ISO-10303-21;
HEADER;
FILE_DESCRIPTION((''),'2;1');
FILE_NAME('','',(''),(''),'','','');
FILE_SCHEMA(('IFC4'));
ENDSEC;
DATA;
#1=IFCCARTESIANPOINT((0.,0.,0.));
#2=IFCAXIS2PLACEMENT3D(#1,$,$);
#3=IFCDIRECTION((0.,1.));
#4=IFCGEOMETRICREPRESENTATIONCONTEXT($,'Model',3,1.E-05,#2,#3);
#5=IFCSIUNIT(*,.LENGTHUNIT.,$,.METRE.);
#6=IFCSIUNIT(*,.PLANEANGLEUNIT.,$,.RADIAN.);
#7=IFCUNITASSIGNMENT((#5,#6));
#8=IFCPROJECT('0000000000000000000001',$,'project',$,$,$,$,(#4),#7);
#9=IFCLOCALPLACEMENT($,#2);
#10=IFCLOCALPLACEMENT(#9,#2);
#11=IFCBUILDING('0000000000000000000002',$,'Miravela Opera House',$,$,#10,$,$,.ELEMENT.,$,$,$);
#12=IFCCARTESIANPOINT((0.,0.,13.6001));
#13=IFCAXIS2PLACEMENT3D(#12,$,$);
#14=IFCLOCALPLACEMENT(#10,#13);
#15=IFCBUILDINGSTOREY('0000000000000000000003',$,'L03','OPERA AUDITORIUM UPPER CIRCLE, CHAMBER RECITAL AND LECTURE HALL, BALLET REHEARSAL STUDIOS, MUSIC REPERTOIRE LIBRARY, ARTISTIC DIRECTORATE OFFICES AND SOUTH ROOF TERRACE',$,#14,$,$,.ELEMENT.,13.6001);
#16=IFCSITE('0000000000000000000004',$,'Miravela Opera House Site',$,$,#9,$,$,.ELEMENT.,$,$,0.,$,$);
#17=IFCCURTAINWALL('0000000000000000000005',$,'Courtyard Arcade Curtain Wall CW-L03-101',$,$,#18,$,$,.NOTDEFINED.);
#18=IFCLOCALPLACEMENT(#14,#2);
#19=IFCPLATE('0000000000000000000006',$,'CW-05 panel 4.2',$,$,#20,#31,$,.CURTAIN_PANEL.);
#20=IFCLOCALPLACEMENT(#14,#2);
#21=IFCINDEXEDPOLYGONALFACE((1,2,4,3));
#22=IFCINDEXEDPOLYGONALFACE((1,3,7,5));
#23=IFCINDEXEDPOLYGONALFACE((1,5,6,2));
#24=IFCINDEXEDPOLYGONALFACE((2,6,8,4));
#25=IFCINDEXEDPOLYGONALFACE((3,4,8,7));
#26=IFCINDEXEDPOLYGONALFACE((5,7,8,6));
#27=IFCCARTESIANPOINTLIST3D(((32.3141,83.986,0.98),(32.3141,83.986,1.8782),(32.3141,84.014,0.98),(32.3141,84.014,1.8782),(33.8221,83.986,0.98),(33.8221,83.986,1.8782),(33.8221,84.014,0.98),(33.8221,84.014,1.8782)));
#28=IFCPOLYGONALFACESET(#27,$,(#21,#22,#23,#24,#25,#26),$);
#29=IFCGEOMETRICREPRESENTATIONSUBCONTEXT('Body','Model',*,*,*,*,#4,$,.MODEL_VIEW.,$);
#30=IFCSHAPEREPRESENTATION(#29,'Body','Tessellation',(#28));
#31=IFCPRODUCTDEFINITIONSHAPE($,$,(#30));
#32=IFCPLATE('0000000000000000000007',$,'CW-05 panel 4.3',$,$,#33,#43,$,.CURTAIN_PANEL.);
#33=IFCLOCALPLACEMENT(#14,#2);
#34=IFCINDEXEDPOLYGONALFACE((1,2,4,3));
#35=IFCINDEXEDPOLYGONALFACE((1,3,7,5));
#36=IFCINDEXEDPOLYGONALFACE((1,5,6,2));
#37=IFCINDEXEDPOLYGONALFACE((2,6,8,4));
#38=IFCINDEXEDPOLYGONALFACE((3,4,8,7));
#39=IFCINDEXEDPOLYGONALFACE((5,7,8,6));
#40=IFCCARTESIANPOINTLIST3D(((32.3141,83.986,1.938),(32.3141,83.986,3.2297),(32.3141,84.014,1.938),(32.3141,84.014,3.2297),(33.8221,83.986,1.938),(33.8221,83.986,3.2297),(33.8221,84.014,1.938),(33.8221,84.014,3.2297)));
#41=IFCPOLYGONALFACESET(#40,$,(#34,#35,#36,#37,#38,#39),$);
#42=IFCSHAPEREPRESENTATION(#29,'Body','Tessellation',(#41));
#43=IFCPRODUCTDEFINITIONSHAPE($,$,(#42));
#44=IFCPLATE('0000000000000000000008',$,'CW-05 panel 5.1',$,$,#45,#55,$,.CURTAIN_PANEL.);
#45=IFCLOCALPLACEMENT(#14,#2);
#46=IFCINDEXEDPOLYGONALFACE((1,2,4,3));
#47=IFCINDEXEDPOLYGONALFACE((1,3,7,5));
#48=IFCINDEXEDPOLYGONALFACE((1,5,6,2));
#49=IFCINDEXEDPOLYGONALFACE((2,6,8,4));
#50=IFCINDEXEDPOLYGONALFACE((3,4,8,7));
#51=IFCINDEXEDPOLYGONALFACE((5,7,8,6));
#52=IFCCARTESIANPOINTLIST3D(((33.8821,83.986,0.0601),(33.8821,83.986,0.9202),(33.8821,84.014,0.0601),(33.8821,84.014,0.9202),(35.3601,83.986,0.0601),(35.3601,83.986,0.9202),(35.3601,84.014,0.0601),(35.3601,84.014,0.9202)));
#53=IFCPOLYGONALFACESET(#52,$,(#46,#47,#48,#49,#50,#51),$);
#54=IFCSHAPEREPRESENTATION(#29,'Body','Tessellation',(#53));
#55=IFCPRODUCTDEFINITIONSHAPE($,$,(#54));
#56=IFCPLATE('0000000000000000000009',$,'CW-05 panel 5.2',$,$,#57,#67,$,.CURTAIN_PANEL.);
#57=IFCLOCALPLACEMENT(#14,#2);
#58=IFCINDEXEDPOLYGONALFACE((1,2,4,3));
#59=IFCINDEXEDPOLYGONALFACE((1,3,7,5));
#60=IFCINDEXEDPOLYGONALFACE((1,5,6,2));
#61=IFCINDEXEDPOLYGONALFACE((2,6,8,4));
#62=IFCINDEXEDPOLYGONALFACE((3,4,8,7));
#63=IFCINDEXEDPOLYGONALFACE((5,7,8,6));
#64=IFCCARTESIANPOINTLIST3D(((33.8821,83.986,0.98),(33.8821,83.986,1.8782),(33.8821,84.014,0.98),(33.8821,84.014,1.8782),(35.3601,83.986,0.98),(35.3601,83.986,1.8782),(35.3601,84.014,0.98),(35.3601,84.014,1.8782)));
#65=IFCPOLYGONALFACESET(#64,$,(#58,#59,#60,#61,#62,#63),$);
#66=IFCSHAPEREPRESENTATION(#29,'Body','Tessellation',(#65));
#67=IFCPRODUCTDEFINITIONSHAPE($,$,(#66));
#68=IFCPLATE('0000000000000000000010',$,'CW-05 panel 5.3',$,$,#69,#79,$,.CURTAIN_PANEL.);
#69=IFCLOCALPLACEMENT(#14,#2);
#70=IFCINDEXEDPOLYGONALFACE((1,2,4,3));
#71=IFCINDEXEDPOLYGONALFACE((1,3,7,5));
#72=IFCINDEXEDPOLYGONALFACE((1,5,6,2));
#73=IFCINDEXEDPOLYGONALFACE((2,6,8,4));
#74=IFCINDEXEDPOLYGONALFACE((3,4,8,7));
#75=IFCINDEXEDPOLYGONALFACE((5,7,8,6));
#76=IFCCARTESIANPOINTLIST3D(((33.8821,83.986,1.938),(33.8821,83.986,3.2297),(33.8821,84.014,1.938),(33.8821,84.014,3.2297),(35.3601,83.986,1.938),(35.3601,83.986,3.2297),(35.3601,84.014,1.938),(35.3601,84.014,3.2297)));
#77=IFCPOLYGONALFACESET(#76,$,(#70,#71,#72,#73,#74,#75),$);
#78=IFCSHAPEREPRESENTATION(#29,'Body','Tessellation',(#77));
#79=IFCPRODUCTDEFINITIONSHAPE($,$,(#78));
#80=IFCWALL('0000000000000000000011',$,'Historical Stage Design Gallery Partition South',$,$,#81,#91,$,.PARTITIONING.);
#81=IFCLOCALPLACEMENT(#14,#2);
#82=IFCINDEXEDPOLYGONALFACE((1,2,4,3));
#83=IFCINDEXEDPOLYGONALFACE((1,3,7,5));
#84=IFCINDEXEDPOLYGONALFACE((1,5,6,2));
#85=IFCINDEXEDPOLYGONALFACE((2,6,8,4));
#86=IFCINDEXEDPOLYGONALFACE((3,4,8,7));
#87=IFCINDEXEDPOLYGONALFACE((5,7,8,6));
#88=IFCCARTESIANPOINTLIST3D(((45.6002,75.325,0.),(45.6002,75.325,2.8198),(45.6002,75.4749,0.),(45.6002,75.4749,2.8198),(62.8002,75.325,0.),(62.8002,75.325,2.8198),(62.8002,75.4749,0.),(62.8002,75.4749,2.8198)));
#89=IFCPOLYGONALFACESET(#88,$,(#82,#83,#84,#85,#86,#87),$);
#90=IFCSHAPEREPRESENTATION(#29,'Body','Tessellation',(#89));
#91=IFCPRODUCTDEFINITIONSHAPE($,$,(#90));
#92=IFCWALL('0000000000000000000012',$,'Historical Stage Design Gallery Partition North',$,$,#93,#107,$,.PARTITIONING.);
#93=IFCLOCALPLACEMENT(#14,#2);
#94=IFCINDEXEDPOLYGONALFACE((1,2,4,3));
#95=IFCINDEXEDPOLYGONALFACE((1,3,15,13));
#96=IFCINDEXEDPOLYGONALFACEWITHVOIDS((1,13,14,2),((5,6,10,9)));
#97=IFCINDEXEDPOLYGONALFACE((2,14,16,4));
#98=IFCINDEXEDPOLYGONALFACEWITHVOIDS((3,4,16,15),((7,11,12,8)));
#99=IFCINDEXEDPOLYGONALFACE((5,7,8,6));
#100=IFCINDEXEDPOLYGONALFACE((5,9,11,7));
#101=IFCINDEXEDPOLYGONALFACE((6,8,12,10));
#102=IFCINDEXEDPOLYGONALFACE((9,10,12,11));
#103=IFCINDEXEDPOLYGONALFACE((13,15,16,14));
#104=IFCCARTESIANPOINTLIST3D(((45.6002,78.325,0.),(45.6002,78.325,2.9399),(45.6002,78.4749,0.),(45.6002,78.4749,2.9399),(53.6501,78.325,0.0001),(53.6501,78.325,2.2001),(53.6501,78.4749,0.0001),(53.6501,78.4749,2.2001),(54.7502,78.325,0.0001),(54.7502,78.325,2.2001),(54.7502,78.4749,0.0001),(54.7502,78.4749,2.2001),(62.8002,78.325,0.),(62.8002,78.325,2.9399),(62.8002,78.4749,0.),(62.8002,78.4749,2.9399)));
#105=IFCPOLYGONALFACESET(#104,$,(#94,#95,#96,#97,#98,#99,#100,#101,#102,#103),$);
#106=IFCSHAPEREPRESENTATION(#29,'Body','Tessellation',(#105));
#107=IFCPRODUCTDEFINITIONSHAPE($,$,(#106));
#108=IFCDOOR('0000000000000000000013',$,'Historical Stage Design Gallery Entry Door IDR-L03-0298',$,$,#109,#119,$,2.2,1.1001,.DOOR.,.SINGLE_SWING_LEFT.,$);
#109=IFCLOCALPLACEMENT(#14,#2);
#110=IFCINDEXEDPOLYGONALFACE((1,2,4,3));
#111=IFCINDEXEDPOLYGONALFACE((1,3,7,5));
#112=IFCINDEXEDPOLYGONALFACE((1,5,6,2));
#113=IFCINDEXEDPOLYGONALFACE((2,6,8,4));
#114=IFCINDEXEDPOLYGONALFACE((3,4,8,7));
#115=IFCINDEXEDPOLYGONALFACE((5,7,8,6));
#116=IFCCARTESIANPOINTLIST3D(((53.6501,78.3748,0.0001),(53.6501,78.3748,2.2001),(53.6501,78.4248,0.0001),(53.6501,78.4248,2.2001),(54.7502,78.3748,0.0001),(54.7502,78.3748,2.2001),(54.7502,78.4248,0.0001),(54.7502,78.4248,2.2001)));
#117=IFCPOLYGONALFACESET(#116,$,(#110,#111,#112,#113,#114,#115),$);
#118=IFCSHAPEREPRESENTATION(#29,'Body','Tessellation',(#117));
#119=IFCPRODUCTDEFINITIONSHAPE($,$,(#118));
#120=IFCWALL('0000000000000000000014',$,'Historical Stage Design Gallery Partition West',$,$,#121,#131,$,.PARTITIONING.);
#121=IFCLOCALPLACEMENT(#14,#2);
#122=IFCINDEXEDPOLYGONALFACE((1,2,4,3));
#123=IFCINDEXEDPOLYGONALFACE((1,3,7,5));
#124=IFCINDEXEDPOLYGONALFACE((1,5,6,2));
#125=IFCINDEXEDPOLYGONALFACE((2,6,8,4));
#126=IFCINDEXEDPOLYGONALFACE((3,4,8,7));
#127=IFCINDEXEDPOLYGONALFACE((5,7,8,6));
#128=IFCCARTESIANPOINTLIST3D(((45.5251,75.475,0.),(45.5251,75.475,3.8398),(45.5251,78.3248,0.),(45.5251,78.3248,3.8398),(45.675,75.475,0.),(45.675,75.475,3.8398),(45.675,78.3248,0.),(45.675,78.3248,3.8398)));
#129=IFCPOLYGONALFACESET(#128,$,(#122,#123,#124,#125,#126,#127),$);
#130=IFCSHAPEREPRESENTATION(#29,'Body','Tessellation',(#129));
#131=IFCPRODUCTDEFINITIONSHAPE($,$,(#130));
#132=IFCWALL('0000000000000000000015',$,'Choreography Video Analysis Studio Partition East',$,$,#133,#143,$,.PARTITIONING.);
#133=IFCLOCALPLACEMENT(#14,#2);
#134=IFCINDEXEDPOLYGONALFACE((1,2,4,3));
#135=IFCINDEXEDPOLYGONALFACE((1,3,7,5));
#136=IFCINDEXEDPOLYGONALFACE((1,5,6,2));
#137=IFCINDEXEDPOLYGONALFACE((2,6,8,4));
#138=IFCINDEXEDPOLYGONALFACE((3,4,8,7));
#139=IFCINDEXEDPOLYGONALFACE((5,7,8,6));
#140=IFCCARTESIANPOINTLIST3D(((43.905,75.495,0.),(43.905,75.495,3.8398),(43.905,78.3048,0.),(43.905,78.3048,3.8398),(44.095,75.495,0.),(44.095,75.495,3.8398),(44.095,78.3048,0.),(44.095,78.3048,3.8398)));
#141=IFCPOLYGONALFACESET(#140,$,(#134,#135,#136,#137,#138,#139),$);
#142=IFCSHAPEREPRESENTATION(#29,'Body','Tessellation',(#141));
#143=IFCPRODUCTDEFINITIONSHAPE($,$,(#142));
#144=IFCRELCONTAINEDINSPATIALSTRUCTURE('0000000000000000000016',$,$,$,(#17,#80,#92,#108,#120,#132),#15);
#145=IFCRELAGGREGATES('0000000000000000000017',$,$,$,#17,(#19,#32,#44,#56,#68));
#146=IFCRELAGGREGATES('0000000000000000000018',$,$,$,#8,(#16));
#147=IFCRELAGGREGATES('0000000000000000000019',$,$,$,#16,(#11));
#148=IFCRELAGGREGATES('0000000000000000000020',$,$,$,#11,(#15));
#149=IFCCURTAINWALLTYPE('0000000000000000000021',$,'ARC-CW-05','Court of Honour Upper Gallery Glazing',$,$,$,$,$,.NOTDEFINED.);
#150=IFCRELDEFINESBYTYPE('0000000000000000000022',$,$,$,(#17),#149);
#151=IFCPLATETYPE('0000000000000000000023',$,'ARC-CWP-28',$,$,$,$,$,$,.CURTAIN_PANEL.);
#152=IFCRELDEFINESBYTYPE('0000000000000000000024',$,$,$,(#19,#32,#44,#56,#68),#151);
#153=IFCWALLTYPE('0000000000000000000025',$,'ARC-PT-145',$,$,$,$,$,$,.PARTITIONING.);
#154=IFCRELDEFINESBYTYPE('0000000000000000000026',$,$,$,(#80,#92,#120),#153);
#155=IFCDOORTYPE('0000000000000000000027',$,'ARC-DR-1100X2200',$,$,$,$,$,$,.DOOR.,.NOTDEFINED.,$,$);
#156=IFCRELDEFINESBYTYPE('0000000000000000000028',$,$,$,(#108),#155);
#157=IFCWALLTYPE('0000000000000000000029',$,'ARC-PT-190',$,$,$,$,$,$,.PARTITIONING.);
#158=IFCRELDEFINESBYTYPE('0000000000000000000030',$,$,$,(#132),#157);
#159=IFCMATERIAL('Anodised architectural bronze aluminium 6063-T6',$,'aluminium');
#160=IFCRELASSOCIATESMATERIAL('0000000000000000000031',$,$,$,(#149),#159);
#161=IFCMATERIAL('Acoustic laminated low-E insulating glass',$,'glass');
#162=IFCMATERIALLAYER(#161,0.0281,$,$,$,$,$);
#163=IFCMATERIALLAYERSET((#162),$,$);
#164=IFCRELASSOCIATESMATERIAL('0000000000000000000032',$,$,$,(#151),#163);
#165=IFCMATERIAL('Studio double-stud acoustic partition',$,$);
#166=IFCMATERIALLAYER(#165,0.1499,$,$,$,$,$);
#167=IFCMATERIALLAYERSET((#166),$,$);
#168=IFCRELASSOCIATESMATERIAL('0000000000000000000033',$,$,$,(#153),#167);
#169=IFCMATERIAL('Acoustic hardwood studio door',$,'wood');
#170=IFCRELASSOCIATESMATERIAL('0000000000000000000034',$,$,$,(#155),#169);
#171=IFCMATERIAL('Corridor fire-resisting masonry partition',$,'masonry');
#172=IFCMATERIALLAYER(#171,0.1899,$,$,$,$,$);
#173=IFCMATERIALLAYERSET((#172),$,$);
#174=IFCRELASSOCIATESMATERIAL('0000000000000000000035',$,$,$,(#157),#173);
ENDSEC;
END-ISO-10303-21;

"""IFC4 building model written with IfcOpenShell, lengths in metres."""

from ifc_helpers import new_model, si_unit, direction, frame, frame_2d, origin, origin_2d, place, context, subcontext, project, spatial, rectangle, extrude, material, layer, layer_set, type_object, element, fill, aggregate, save


model = new_model("IFC4")

# Units and contexts
model_context = context("Model", 3, precision=1e-05, world=origin(), true_north=direction((0.0, 1.0)))
body_context = subcontext(model_context, "Body", "Model", "MODEL_VIEW")
ifc_project = project(units=[si_unit("LENGTHUNIT", "METRE"), si_unit("PLANEANGLEUNIT", "RADIAN")], contexts=[model_context])

# Site, building, storey
site_placement = place(None, origin())
site = spatial("IfcSite", under=ifc_project, at=site_placement, Name="Miravela Opera House Site", CompositionType="ELEMENT", RefElevation=0.0)
building_placement = place(site_placement, origin())
building = spatial("IfcBuilding", under=site, at=building_placement, Name="Miravela Opera House", CompositionType="ELEMENT")
storey_placement = place(building_placement, frame((0.0, 0.0, 13.6001)))
storey = spatial("IfcBuildingStorey", under=building, at=storey_placement, Name="L03", Description="OPERA AUDITORIUM UPPER CIRCLE, CHAMBER RECITAL AND LECTURE HALL, BALLET REHEARSAL STUDIOS, MUSIC REPERTOIRE LIBRARY, ARTISTIC DIRECTORATE OFFICES AND SOUTH ROOF TERRACE", CompositionType="ELEMENT", Elevation=13.6001)

# Curtain wall
ifc_material_1 = material(Name="Anodised architectural bronze aluminium 6063-T6", Category="aluminium")
curtain_wall_type = type_object("IfcCurtainWallType", Name="ARC-CW-05", Description="Court of Honour Upper Gallery Glazing", PredefinedType="NOTDEFINED", material=ifc_material_1)
curtain_wall_1_placement = place(storey_placement, origin())
curtain_wall_1 = element("IfcCurtainWall", 1, at=curtain_wall_1_placement, inside=storey, type_object=curtain_wall_type, Name="Courtyard Arcade Curtain Wall CW-L03-101", PredefinedType="NOTDEFINED")

# Plates
ifc_material_2 = material(Name="Acoustic laminated low-E insulating glass", Category="glass")
ifc_layer_1 = layer(ifc_material_2, 0.0281)
ifc_layer_set_1 = layer_set([ifc_layer_1])
plate_type = type_object("IfcPlateType", Name="ARC-CWP-28", PredefinedType="CURTAIN_PANEL", material=ifc_layer_set_1)
plate_1_placement = place(storey_placement, frame((33.0681, 84.0, 0.98), z_axis=(0.0, 0.0, 1.0), x_axis=(1.0, 0.0, 0.0)))
plate_1 = element("IfcPlate", 2, at=plate_1_placement, type_object=plate_type, Name="CW-05 panel 4.2", PredefinedType="CURTAIN_PANEL", context=body_context, shape_type="SweptSolid", body=[
    extrude(rectangle(XDim=1.5081, YDim=0.0281, at=origin_2d()), origin(), (0.0, 0.0, 1.0), 0.8982),
])
plate_2_placement = place(storey_placement, frame((33.0681, 84.0, 1.938), z_axis=(0.0, 0.0, 1.0), x_axis=(1.0, 0.0, 0.0)))
plate_2 = element("IfcPlate", 3, at=plate_2_placement, type_object=plate_type, Name="CW-05 panel 4.3", PredefinedType="CURTAIN_PANEL", context=body_context, shape_type="SweptSolid", body=[
    extrude(rectangle(XDim=1.5081, YDim=0.0281, at=origin_2d()), origin(), (0.0, 0.0, 1.0), 1.2917),
])
plate_3_placement = place(storey_placement, frame((34.6211, 84.0, 0.0601), z_axis=(0.0, 0.0, 1.0), x_axis=(1.0, 0.0, 0.0)))
plate_3 = element("IfcPlate", 4, at=plate_3_placement, type_object=plate_type, Name="CW-05 panel 5.1", PredefinedType="CURTAIN_PANEL", context=body_context, shape_type="SweptSolid", body=[
    extrude(rectangle(XDim=1.478, YDim=0.0281, at=origin_2d()), origin(), (0.0, 0.0, 1.0), 0.8601),
])
plate_4_placement = place(storey_placement, frame((34.6211, 84.0, 0.98), z_axis=(0.0, 0.0, 1.0), x_axis=(1.0, 0.0, 0.0)))
plate_4 = element("IfcPlate", 5, at=plate_4_placement, type_object=plate_type, Name="CW-05 panel 5.2", PredefinedType="CURTAIN_PANEL", context=body_context, shape_type="SweptSolid", body=[
    extrude(rectangle(XDim=1.478, YDim=0.0281, at=origin_2d()), origin(), (0.0, 0.0, 1.0), 0.8982),
])
plate_5_placement = place(storey_placement, frame((34.6211, 84.0, 1.938), z_axis=(0.0, 0.0, 1.0), x_axis=(1.0, 0.0, 0.0)))
plate_5 = element("IfcPlate", 6, at=plate_5_placement, type_object=plate_type, Name="CW-05 panel 5.3", PredefinedType="CURTAIN_PANEL", context=body_context, shape_type="SweptSolid", body=[
    extrude(rectangle(XDim=1.478, YDim=0.0281, at=origin_2d()), origin(), (0.0, 0.0, 1.0), 1.2917),
])
aggregate(curtain_wall_1, [plate_1, plate_2, plate_3, plate_4, plate_5])

# Wall
ifc_material_3 = material(Name="Studio double-stud acoustic partition")
ifc_layer_2 = layer(ifc_material_3, 0.1499)
ifc_layer_set_2 = layer_set([ifc_layer_2])
wall_type_1 = type_object("IfcWallType", Name="ARC-PT-145", PredefinedType="PARTITIONING", material=ifc_layer_set_2)
wall_1_placement = place(storey_placement, frame((45.6001, 75.3999, 0.0), z_axis=(0.0, 0.0, 1.0), x_axis=(1.0, 0.0, 0.0)))
element("IfcWall", 7, at=wall_1_placement, inside=storey, type_object=wall_type_1, Name="Historical Stage Design Gallery Partition South", PredefinedType="PARTITIONING", context=body_context, shape_type="SweptSolid", body=[
    extrude(rectangle(XDim=17.2, YDim=0.1499, at=frame_2d((8.6001, 0.0))), origin(), (0.0, 0.0, 1.0), 2.8198),
])

# Wall, opening, door
wall_2_placement = place(storey_placement, frame((45.6001, 78.3999, 0.0), z_axis=(0.0, 0.0, 1.0), x_axis=(1.0, 0.0, 0.0)))
wall_2 = element("IfcWall", 8, at=wall_2_placement, inside=storey, type_object=wall_type_1, Name="Historical Stage Design Gallery Partition North", PredefinedType="PARTITIONING", context=body_context, shape_type="SweptSolid", body=[
    extrude(rectangle(XDim=17.2, YDim=0.1499, at=frame_2d((8.6001, 0.0))), origin(), (0.0, 0.0, 1.0), 2.9399),
])
opening_placement = place(wall_2_placement, frame((8.05, 0.0, 0.0)))
opening = element("IfcOpeningElement", 9, at=opening_placement, cuts=wall_2, PredefinedType="OPENING", context=body_context, shape_type="SweptSolid", body=[
    extrude(rectangle(XDim=1.1001, YDim=2.2, at=frame_2d((0.55, 1.1001))), frame((0.0, 0.085, 0.0), z_axis=(0.0, -1.0, 0.0), x_axis=(1.0, 0.0, 0.0)), (0.0, 0.0, 1.0), 0.1699),
])
ifc_material_4 = material(Name="Acoustic hardwood studio door", Category="wood")
door_type = type_object("IfcDoorType", Name="ARC-DR-1100X2200", OperationType="NOTDEFINED", PredefinedType="DOOR", material=ifc_material_4)
door_placement = place(opening_placement, origin())
door = element("IfcDoor", 10, at=door_placement, inside=storey, type_object=door_type, Name="Historical Stage Design Gallery Entry Door IDR-L03-0298", OperationType="SINGLE_SWING_LEFT", OverallHeight=2.2, OverallWidth=1.1001, PredefinedType="DOOR", context=body_context, shape_type="SweptSolid", body=[
    extrude(rectangle(XDim=1.1001, YDim=2.2, at=frame_2d((0.55, 1.1001))), frame((0.0, 0.0249, 0.0), z_axis=(0.0, -1.0, 0.0), x_axis=(1.0, 0.0, 0.0)), (0.0, 0.0, 1.0), 0.05),
])
fill(opening, door)

# Walls
wall_3_placement = place(storey_placement, frame((45.6001, 75.4751, 0.0), z_axis=(0.0, 0.0, 1.0), x_axis=(0.0, 1.0, 0.0)))
element("IfcWall", 11, at=wall_3_placement, inside=storey, type_object=wall_type_1, Name="Historical Stage Design Gallery Partition West", PredefinedType="PARTITIONING", context=body_context, shape_type="SweptSolid", body=[
    extrude(rectangle(XDim=2.8499, YDim=0.1499, at=frame_2d((1.4248, 0.0))), origin(), (0.0, 0.0, 1.0), 3.8398),
])
ifc_material_5 = material(Name="Corridor fire-resisting masonry partition", Category="masonry")
ifc_layer_3 = layer(ifc_material_5, 0.1899)
ifc_layer_set_3 = layer_set([ifc_layer_3])
wall_type_2 = type_object("IfcWallType", Name="ARC-PT-190", PredefinedType="PARTITIONING", material=ifc_layer_set_3)
wall_4_placement = place(storey_placement, frame((44.0, 75.4951, 0.0), z_axis=(0.0, 0.0, 1.0), x_axis=(0.0, 1.0, 0.0)))
element("IfcWall", 12, at=wall_4_placement, inside=storey, type_object=wall_type_2, Name="Choreography Video Analysis Studio Partition East", PredefinedType="PARTITIONING", context=body_context, shape_type="SweptSolid", body=[
    extrude(rectangle(XDim=2.8098, YDim=0.1899, at=frame_2d((1.4048, 0.0))), origin(), (0.0, 0.0, 1.0), 3.8398),
])

save(model, "model.ifc")
